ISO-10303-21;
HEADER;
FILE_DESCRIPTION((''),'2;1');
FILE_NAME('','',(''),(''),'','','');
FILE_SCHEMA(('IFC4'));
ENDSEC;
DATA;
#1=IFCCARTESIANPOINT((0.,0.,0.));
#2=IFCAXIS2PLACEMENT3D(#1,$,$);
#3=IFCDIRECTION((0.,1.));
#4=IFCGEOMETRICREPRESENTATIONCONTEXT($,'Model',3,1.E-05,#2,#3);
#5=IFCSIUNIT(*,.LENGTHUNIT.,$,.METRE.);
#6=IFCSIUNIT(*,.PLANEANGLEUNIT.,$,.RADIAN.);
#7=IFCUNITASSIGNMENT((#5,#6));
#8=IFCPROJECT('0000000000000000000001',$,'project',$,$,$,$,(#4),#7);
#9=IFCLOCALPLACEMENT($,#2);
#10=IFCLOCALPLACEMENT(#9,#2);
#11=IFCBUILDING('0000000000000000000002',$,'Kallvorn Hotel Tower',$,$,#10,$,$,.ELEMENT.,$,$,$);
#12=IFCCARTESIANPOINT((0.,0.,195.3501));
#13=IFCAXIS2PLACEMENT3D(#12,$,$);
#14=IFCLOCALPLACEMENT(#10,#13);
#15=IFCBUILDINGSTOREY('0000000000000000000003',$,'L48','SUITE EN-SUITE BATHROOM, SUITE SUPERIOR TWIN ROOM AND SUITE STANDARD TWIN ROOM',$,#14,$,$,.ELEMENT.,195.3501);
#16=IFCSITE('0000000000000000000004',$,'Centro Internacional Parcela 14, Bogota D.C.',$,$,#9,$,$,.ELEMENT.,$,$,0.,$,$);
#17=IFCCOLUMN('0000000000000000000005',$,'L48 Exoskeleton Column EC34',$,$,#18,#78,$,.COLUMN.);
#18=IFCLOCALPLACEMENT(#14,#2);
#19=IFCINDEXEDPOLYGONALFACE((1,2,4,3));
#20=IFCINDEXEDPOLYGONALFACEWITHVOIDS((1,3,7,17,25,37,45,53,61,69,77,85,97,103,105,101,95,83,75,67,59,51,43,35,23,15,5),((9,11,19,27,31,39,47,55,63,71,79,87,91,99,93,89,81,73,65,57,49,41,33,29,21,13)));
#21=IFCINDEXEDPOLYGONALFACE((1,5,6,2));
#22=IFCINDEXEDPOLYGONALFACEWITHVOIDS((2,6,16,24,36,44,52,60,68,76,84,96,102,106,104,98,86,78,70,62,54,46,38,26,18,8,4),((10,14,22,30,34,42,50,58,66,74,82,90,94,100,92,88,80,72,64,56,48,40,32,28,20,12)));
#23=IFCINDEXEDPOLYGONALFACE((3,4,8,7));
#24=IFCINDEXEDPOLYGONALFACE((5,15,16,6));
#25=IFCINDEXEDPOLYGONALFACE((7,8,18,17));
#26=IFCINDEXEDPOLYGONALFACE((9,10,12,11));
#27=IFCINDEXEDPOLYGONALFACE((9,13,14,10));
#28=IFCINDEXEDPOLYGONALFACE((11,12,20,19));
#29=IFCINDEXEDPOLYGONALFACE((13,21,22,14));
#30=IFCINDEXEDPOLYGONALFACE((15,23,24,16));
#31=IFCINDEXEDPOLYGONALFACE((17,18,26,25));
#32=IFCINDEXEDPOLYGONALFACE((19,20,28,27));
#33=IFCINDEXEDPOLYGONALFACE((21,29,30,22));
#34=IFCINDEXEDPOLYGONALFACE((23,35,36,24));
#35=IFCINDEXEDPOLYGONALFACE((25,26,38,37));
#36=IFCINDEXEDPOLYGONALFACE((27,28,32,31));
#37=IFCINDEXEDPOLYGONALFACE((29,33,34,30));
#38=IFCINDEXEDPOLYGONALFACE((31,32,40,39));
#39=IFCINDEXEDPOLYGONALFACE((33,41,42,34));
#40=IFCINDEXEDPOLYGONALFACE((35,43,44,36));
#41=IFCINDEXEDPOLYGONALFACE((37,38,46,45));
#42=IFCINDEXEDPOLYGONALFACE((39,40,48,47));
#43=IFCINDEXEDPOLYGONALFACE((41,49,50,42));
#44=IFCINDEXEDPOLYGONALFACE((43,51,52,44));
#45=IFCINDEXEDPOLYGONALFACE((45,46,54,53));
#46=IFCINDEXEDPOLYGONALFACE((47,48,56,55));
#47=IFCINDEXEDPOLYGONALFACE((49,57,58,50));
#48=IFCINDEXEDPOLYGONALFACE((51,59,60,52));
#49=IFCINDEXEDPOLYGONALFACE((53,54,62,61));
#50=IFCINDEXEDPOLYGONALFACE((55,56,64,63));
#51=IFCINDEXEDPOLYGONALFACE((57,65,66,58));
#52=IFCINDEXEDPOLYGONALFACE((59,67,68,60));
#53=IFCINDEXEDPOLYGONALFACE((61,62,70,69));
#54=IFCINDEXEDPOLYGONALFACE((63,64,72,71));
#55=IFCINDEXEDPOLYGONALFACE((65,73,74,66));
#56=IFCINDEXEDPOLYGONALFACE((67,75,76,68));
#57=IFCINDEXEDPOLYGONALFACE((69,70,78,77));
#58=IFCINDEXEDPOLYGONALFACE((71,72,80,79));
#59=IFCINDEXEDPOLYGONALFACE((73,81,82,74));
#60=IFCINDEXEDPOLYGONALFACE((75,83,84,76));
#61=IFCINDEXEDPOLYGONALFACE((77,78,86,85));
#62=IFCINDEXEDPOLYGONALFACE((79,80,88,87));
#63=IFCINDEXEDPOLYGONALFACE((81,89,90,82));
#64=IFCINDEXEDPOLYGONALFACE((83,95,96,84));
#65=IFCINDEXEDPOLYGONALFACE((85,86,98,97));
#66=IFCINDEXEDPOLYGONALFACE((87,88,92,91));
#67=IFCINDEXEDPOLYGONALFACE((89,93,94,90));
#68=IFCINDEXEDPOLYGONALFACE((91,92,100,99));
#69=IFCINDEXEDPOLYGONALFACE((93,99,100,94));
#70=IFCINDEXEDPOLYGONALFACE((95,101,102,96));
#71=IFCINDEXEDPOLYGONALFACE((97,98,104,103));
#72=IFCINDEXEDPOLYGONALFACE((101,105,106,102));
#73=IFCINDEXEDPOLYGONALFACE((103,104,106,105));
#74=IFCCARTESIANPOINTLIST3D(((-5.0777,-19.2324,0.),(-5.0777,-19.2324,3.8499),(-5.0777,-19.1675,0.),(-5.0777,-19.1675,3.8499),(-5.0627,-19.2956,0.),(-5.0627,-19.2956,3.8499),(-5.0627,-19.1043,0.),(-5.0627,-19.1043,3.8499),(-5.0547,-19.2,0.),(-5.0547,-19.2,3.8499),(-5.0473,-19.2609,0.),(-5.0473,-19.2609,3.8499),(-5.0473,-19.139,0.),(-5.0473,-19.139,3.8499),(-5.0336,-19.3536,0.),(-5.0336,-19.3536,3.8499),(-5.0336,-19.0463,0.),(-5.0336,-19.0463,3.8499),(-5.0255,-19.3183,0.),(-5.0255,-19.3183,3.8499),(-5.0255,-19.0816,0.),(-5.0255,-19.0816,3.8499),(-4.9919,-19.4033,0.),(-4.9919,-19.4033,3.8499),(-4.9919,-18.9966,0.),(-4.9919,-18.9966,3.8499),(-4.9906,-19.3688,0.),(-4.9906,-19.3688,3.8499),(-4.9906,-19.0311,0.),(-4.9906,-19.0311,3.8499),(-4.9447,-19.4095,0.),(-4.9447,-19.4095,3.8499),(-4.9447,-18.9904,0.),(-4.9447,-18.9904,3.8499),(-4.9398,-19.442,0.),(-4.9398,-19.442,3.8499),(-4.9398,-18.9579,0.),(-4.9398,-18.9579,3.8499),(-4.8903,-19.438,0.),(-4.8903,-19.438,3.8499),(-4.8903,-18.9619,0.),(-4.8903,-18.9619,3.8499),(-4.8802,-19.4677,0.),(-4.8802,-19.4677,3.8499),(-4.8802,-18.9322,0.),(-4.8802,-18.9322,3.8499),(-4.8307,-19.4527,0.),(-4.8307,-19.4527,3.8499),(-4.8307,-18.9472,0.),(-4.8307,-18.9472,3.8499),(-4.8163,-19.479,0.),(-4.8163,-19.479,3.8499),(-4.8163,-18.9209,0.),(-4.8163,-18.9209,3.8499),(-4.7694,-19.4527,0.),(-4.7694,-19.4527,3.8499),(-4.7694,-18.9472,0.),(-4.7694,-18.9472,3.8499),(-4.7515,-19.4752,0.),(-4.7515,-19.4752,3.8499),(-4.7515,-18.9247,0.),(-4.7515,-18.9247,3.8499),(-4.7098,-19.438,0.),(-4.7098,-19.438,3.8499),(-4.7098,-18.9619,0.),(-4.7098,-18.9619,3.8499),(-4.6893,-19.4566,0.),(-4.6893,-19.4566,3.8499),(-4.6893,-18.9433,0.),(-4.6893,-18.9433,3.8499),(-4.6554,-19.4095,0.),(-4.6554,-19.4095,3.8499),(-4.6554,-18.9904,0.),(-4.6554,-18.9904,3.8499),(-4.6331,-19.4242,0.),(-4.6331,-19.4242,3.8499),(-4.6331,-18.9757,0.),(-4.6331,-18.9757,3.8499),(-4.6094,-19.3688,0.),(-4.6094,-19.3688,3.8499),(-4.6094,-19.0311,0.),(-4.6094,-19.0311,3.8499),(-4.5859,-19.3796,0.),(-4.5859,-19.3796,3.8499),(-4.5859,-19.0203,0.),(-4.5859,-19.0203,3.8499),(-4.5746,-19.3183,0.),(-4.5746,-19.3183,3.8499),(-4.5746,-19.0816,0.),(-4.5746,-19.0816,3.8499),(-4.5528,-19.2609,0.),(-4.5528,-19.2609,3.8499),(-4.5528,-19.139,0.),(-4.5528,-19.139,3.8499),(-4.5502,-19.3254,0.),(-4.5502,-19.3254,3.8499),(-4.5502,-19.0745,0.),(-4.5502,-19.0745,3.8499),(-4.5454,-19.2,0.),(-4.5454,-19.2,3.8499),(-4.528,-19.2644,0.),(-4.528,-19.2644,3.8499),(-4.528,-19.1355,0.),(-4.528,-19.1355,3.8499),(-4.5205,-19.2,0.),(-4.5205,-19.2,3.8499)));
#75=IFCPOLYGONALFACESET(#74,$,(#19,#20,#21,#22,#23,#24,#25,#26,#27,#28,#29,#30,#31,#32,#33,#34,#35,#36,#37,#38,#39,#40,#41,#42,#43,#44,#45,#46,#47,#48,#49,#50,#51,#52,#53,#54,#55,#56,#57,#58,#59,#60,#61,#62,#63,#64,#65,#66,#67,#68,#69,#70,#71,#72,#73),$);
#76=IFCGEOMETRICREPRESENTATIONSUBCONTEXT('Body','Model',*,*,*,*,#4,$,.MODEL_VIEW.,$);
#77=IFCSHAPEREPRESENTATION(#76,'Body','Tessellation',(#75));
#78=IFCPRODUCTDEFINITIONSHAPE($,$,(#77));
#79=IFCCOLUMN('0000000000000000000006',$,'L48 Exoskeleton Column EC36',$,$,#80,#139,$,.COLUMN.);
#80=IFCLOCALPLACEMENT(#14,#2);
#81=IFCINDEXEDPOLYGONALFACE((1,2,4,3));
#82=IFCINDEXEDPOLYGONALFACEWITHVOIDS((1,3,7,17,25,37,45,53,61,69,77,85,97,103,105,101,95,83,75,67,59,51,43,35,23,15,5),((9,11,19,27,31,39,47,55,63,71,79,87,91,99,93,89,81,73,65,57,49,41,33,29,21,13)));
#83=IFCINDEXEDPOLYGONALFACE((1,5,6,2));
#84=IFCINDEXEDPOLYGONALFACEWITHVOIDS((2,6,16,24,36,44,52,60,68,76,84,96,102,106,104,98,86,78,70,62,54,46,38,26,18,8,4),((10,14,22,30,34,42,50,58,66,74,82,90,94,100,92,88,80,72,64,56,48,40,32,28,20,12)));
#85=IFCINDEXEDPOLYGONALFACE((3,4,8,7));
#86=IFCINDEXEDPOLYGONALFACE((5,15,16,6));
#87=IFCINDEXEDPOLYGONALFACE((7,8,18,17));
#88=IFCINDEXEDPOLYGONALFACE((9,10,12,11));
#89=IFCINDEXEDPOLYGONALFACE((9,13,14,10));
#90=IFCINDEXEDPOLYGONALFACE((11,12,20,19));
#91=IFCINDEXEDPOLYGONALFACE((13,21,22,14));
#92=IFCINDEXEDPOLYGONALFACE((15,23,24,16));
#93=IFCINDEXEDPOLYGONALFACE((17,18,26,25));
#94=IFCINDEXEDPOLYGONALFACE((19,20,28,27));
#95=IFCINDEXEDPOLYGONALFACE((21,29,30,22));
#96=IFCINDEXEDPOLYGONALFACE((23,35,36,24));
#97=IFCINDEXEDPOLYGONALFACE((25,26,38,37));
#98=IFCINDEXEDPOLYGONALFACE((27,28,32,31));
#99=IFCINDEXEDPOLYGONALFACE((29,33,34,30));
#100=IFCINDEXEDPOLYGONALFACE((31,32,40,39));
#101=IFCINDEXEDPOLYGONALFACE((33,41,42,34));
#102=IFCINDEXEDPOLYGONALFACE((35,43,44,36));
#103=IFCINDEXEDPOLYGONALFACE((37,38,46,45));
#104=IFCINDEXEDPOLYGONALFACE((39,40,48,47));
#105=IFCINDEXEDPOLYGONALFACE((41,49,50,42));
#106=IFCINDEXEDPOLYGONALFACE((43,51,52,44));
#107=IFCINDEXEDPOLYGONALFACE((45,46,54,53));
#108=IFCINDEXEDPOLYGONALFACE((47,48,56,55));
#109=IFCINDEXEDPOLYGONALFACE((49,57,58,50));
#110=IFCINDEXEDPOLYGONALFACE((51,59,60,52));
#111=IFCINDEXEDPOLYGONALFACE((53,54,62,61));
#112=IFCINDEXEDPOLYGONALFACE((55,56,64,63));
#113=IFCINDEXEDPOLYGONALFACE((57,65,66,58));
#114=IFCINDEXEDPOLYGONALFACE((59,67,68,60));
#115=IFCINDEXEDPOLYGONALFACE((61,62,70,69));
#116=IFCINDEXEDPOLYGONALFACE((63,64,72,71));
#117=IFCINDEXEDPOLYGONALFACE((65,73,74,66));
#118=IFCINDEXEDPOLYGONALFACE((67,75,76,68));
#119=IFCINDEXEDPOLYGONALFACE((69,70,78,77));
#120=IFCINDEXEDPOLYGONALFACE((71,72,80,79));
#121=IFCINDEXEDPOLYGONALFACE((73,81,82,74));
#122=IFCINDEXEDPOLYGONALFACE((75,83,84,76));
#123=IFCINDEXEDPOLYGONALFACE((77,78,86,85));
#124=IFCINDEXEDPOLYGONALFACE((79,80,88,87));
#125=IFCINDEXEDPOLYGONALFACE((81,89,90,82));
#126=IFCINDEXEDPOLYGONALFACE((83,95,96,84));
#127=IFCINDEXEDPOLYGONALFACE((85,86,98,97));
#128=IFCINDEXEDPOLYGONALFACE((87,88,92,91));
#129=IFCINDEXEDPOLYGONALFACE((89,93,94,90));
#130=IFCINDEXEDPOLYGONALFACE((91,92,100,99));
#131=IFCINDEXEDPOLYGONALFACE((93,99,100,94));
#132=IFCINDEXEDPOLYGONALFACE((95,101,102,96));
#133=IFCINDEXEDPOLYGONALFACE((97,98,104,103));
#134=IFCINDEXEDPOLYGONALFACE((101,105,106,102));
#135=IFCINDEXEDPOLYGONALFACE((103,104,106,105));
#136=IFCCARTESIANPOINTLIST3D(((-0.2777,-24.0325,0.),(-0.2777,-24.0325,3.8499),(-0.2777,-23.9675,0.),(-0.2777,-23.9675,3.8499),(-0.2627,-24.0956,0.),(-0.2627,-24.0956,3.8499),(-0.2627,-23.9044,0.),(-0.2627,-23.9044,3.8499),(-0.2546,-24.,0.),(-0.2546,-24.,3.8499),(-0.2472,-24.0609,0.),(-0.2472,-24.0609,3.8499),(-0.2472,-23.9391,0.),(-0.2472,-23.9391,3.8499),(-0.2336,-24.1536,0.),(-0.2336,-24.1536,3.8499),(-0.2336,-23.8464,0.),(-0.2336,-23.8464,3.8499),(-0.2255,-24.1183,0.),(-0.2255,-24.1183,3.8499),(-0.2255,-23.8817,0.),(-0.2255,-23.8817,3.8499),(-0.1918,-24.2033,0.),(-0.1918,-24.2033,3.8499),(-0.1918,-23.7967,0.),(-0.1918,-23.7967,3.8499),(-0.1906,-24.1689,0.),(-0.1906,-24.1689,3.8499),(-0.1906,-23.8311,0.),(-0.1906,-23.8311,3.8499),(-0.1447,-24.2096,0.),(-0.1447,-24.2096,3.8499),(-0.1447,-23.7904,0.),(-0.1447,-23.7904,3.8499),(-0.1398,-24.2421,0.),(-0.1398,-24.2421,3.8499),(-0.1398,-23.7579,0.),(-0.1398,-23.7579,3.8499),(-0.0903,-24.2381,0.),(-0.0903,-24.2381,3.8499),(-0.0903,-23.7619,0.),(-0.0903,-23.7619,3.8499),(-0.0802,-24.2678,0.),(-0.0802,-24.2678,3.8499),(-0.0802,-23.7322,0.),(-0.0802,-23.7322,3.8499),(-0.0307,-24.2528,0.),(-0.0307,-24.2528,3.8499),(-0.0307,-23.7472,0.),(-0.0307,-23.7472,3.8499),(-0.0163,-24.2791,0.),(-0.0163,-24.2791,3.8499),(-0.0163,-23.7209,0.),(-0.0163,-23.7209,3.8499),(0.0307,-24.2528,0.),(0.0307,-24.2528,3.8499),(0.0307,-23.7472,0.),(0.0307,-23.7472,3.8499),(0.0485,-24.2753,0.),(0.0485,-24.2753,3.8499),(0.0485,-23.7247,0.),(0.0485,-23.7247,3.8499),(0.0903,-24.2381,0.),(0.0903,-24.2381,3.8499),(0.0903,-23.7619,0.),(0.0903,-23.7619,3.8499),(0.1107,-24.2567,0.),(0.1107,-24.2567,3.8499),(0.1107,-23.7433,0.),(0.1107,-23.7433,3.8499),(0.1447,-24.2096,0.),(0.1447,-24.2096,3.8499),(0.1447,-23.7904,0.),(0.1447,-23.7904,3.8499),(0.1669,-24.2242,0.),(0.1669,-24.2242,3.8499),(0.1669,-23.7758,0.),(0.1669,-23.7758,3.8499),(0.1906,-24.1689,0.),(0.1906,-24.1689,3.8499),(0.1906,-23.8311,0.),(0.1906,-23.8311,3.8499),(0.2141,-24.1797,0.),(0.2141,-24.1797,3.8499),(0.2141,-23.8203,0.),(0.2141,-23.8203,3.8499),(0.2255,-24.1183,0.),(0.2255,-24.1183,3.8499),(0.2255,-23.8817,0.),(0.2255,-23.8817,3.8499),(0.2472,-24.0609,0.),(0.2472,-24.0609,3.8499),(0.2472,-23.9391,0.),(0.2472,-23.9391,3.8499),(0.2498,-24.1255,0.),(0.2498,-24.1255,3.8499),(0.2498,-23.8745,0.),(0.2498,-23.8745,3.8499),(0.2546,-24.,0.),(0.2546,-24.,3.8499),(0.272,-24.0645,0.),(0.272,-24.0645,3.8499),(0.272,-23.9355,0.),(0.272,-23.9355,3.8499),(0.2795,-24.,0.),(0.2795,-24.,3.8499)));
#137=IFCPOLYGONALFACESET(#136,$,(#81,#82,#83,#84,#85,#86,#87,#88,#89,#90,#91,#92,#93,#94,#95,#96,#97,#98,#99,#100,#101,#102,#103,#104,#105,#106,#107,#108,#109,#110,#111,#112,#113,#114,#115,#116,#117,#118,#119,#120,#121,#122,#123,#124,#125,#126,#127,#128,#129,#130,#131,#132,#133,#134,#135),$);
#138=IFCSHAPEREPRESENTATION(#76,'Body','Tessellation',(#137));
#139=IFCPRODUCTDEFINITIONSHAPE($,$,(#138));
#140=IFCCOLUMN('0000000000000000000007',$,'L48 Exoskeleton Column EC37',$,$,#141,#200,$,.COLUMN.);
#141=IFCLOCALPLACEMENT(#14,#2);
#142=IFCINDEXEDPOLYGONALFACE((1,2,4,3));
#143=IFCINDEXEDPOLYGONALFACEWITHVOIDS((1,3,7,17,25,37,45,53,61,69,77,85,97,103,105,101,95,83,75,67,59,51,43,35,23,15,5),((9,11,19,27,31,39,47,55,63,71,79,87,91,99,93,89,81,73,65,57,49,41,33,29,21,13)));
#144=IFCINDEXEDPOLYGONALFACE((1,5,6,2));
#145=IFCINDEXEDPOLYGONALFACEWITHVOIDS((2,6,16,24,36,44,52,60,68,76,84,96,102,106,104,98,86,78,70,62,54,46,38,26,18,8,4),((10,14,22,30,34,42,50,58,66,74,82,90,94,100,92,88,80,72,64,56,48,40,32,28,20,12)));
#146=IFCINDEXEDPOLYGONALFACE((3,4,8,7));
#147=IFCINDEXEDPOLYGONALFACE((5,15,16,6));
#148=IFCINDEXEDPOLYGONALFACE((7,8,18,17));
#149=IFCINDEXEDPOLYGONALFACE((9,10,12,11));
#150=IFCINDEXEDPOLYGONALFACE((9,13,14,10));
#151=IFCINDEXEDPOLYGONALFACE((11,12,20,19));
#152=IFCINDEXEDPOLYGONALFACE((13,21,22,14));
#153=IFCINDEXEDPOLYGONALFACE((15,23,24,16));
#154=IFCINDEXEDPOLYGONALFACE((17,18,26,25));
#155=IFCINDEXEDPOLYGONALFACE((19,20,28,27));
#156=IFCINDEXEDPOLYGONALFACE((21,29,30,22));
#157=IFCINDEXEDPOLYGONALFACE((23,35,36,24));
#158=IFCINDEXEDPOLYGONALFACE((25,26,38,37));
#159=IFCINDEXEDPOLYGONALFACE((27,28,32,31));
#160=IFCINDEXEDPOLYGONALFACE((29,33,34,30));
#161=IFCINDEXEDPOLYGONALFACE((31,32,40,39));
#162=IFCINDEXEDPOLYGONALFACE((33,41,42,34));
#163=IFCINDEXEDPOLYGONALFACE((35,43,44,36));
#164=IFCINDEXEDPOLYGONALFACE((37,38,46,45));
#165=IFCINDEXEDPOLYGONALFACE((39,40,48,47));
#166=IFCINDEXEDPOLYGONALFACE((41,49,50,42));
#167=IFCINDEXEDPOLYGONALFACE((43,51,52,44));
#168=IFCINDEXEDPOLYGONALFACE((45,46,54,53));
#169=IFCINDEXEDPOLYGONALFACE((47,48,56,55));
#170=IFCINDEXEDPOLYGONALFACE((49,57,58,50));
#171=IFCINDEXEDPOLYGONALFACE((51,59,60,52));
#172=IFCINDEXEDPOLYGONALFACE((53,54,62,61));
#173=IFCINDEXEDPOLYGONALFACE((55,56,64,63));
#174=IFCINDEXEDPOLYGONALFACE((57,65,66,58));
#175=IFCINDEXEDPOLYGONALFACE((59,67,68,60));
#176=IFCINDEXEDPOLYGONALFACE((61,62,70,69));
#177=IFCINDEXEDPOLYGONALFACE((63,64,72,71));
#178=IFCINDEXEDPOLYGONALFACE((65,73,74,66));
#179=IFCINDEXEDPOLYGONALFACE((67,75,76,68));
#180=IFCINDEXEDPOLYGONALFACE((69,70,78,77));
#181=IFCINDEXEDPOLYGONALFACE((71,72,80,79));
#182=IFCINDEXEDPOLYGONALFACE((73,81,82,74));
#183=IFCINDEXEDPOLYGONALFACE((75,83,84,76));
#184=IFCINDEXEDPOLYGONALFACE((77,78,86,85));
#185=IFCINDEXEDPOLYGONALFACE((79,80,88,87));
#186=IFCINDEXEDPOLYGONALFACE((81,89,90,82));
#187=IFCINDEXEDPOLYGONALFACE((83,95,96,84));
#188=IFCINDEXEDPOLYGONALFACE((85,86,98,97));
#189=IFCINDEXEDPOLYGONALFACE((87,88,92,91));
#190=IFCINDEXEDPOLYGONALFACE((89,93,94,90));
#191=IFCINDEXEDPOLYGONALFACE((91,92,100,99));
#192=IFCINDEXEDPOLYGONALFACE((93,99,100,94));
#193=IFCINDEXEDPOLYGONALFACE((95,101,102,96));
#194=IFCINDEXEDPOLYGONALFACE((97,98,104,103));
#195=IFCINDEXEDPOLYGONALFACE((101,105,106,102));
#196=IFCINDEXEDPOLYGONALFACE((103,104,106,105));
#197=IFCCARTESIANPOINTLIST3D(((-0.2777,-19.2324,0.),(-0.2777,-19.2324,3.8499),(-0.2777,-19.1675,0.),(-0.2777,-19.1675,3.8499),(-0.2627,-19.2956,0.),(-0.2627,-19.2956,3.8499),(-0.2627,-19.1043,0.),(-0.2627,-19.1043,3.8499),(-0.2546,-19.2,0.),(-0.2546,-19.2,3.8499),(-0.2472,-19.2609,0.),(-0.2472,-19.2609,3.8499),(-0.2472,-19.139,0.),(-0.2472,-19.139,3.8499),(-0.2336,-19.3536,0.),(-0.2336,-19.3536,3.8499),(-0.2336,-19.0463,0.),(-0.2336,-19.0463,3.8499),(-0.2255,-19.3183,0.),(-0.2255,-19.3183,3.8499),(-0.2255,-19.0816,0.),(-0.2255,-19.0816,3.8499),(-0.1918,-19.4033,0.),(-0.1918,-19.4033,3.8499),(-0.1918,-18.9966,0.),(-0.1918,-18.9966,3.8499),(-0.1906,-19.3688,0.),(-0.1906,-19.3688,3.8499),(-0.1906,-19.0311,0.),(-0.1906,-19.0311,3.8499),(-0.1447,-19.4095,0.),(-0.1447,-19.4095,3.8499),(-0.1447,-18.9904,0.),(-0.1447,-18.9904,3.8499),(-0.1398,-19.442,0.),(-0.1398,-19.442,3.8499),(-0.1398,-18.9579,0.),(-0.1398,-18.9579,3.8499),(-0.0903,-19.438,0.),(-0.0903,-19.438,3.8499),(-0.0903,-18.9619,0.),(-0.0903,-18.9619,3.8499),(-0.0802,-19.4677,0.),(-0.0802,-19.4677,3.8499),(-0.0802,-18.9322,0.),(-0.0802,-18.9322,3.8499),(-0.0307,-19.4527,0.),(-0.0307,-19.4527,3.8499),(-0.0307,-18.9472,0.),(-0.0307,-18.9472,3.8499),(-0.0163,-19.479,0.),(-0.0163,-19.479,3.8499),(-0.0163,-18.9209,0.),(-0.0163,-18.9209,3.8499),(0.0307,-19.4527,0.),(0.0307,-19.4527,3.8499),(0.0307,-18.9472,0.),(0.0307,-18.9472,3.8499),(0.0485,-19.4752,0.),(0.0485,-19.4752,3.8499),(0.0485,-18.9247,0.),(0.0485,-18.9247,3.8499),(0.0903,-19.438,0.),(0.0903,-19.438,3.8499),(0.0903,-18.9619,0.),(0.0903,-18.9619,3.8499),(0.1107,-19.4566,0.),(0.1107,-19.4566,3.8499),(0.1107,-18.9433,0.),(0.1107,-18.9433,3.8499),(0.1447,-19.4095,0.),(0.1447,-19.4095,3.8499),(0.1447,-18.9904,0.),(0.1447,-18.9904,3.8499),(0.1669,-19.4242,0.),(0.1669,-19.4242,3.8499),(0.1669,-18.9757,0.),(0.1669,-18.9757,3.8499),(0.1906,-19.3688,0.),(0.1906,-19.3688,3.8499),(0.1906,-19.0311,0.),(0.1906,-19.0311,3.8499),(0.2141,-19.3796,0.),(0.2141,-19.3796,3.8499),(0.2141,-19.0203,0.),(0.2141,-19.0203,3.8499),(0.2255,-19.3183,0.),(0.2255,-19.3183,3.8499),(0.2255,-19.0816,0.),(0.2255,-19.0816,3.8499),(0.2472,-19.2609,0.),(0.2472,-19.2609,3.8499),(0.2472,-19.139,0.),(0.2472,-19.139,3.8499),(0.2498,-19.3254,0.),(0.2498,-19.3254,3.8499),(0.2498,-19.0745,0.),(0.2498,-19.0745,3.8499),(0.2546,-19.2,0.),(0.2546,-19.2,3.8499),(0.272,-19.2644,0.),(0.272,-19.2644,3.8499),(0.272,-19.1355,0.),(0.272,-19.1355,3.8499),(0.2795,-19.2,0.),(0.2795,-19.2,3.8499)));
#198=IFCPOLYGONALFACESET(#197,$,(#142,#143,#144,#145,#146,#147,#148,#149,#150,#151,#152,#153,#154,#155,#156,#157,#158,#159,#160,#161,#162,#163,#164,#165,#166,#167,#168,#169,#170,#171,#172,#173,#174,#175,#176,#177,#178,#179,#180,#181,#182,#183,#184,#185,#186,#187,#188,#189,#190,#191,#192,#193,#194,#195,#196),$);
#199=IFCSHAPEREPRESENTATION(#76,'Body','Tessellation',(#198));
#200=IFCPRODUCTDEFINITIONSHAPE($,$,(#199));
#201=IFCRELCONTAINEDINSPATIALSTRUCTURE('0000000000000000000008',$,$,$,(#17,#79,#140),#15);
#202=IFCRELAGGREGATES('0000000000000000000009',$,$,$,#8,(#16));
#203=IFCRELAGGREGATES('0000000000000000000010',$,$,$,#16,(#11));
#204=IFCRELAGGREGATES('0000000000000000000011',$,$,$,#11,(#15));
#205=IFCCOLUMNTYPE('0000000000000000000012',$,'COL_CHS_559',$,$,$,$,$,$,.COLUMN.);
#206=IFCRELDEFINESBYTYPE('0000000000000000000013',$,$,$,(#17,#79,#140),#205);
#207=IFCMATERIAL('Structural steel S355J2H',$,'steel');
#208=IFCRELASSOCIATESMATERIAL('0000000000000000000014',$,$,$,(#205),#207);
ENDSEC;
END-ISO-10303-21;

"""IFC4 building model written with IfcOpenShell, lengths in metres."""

from ifc_helpers import new_model, si_unit, direction, frame, origin, origin_2d, place, context, subcontext, project, spatial, hollow_circle, extrude, material, material_profile, profile_set, type_object, element, save


model = new_model("IFC4")

# Units and contexts
model_context = context("Model", 3, precision=1e-05, world=origin(), true_north=direction((0.0, 1.0)))
body_context = subcontext(model_context, "Body", "Model", "MODEL_VIEW")
ifc_project = project(units=[si_unit("LENGTHUNIT", "METRE"), si_unit("PLANEANGLEUNIT", "RADIAN")], contexts=[model_context])

# Site, building, storey
site_placement = place(None, origin())
site = spatial("IfcSite", under=ifc_project, at=site_placement, Name="Centro Internacional Parcela 14, Bogota D.C.", CompositionType="ELEMENT", RefElevation=0.0)
building_placement = place(site_placement, origin())
building = spatial("IfcBuilding", under=site, at=building_placement, Name="Kallvorn Hotel Tower", CompositionType="ELEMENT")
storey_placement = place(building_placement, frame((0.0, 0.0, 195.3501)))
storey = spatial("IfcBuildingStorey", under=building, at=storey_placement, Name="L48", Description="SUITE EN-SUITE BATHROOM, SUITE SUPERIOR TWIN ROOM AND SUITE STANDARD TWIN ROOM", CompositionType="ELEMENT", Elevation=195.3501)

# Columns
ifc_material_1 = material(Name="Structural steel S355J2H", Category="steel")
ifc_material_profile_1 = material_profile(ifc_material_1, hollow_circle(Radius=0.2795, WallThickness=0.0249, at=origin_2d()), Name="CHS 559x25")
ifc_profile_set_1 = profile_set([ifc_material_profile_1], Name="Structural steel S355J2H")
column_type_1 = type_object("IfcColumnType", Name="COL_CHS_559", PredefinedType="COLUMN", material=ifc_profile_set_1)
for number, where, z_axis, x_axis, name in (
    (1, (-4.8, -19.2, 0.0), (0.0, 0.0, 1.0), (1.0, 0.0, 0.0), "L48 Exoskeleton Column EC34"),
    (2, (0.0, -24.0, 0.0), (0.0, 0.0, 1.0), (1.0, 0.0, 0.0), "L48 Exoskeleton Column EC36"),
    (3, (0.0, -19.2, 0.0), (0.0, 0.0, 1.0), (1.0, 0.0, 0.0), "L48 Exoskeleton Column EC37"),
):
    element("IfcColumn", number, at=place(storey_placement, frame(where, z_axis=z_axis, x_axis=x_axis)), inside=storey, type_object=column_type_1, Name=name, PredefinedType="COLUMN", context=body_context, shape_type="SweptSolid", body=[
        extrude(hollow_circle(Radius=0.2795, WallThickness=0.0249, at=origin_2d()), origin(), (0.0, 0.0, 1.0), 3.8499),
    ])

save(model, "model.ifc")
